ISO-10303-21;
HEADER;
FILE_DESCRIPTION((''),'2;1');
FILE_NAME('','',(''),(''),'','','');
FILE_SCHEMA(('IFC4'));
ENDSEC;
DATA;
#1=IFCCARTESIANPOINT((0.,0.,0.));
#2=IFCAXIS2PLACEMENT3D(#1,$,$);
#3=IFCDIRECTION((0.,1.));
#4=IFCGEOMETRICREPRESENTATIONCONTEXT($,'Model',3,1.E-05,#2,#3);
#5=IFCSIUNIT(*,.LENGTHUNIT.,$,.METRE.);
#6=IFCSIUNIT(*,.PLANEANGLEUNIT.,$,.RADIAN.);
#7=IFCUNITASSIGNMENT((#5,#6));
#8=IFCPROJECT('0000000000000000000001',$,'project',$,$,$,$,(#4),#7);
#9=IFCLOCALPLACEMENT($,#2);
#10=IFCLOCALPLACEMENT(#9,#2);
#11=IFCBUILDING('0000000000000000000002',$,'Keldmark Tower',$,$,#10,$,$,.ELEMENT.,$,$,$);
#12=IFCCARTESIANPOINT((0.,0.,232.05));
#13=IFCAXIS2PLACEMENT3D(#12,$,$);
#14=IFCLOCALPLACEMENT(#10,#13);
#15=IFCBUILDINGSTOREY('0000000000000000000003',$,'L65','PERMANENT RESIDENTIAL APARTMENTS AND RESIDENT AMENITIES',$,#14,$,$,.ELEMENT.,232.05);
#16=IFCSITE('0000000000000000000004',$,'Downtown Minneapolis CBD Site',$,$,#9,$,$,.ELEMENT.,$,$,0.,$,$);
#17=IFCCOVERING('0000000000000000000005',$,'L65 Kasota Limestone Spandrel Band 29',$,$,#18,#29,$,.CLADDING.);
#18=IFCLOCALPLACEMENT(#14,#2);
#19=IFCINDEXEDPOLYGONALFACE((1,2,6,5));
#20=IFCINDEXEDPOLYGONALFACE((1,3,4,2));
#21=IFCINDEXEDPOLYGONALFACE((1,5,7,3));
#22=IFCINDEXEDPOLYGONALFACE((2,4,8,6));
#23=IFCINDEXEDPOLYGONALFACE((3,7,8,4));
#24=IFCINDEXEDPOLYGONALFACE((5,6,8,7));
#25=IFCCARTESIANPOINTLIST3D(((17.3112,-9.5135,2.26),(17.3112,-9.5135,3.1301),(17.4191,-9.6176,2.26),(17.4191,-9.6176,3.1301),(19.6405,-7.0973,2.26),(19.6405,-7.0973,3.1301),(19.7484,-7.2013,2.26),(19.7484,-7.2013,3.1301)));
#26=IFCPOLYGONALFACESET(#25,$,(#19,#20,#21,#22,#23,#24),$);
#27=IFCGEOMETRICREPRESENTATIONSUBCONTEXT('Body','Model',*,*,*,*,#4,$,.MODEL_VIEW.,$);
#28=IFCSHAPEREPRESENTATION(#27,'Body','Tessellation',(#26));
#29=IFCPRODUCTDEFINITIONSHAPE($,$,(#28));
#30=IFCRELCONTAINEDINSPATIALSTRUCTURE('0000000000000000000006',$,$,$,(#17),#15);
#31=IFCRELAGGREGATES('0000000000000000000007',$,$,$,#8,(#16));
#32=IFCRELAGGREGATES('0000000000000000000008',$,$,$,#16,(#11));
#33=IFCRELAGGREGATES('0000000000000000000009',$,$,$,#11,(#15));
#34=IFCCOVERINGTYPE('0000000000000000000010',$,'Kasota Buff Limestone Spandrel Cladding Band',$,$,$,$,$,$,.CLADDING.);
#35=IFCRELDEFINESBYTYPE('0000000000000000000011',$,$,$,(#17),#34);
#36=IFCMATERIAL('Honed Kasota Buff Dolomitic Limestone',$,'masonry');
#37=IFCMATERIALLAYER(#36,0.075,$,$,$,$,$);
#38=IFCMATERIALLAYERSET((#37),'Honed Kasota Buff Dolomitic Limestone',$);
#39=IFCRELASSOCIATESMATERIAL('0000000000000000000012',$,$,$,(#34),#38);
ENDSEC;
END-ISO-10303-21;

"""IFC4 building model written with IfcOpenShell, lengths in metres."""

from ifc_helpers import new_model, si_unit, direction, frame, origin, origin_2d, place, context, subcontext, project, spatial, rectangle, extrude, material, layer, layer_set, type_object, element, save


model = new_model("IFC4")

# Units and contexts
model_context = context("Model", 3, precision=1e-05, world=origin(), true_north=direction((0.0, 1.0)))
body_context = subcontext(model_context, "Body", "Model", "MODEL_VIEW")
ifc_project = project(units=[si_unit("LENGTHUNIT", "METRE"), si_unit("PLANEANGLEUNIT", "RADIAN")], contexts=[model_context])

# Site, building, storey
site_placement = place(None, origin())
site = spatial("IfcSite", under=ifc_project, at=site_placement, Name="Downtown Minneapolis CBD Site", CompositionType="ELEMENT", RefElevation=0.0)
building_placement = place(site_placement, origin())
building = spatial("IfcBuilding", under=site, at=building_placement, Name="Keldmark Tower", CompositionType="ELEMENT")
storey_placement = place(building_placement, frame((0.0, 0.0, 232.05)))
storey = spatial("IfcBuildingStorey", under=building, at=storey_placement, Name="L65", Description="PERMANENT RESIDENTIAL APARTMENTS AND RESIDENT AMENITIES", CompositionType="ELEMENT", Elevation=232.05)

# Covering
ifc_material_1 = material(Name="Honed Kasota Buff Dolomitic Limestone", Category="masonry")
ifc_layer_1 = layer(ifc_material_1, 0.075)
ifc_layer_set_1 = layer_set([ifc_layer_1], Name="Honed Kasota Buff Dolomitic Limestone")
covering_type = type_object("IfcCoveringType", Name="Kasota Buff Limestone Spandrel Cladding Band", PredefinedType="CLADDING", material=ifc_layer_set_1)
covering_placement = place(storey_placement, frame((18.5298, -8.3574, 2.26), z_axis=(0.0, 0.0, 1.0), x_axis=(0.69403, 0.719946, 0.0)))
element("IfcCovering", 1, at=covering_placement, inside=storey, type_object=covering_type, Name="L65 Kasota Limestone Spandrel Band 29", PredefinedType="CLADDING", context=body_context, shape_type="SweptSolid", body=[
    extrude(rectangle(XDim=3.3562, YDim=0.1499, at=origin_2d()), origin(), (0.0, 0.0, 1.0), 0.8701),
])

save(model, "model.ifc")
